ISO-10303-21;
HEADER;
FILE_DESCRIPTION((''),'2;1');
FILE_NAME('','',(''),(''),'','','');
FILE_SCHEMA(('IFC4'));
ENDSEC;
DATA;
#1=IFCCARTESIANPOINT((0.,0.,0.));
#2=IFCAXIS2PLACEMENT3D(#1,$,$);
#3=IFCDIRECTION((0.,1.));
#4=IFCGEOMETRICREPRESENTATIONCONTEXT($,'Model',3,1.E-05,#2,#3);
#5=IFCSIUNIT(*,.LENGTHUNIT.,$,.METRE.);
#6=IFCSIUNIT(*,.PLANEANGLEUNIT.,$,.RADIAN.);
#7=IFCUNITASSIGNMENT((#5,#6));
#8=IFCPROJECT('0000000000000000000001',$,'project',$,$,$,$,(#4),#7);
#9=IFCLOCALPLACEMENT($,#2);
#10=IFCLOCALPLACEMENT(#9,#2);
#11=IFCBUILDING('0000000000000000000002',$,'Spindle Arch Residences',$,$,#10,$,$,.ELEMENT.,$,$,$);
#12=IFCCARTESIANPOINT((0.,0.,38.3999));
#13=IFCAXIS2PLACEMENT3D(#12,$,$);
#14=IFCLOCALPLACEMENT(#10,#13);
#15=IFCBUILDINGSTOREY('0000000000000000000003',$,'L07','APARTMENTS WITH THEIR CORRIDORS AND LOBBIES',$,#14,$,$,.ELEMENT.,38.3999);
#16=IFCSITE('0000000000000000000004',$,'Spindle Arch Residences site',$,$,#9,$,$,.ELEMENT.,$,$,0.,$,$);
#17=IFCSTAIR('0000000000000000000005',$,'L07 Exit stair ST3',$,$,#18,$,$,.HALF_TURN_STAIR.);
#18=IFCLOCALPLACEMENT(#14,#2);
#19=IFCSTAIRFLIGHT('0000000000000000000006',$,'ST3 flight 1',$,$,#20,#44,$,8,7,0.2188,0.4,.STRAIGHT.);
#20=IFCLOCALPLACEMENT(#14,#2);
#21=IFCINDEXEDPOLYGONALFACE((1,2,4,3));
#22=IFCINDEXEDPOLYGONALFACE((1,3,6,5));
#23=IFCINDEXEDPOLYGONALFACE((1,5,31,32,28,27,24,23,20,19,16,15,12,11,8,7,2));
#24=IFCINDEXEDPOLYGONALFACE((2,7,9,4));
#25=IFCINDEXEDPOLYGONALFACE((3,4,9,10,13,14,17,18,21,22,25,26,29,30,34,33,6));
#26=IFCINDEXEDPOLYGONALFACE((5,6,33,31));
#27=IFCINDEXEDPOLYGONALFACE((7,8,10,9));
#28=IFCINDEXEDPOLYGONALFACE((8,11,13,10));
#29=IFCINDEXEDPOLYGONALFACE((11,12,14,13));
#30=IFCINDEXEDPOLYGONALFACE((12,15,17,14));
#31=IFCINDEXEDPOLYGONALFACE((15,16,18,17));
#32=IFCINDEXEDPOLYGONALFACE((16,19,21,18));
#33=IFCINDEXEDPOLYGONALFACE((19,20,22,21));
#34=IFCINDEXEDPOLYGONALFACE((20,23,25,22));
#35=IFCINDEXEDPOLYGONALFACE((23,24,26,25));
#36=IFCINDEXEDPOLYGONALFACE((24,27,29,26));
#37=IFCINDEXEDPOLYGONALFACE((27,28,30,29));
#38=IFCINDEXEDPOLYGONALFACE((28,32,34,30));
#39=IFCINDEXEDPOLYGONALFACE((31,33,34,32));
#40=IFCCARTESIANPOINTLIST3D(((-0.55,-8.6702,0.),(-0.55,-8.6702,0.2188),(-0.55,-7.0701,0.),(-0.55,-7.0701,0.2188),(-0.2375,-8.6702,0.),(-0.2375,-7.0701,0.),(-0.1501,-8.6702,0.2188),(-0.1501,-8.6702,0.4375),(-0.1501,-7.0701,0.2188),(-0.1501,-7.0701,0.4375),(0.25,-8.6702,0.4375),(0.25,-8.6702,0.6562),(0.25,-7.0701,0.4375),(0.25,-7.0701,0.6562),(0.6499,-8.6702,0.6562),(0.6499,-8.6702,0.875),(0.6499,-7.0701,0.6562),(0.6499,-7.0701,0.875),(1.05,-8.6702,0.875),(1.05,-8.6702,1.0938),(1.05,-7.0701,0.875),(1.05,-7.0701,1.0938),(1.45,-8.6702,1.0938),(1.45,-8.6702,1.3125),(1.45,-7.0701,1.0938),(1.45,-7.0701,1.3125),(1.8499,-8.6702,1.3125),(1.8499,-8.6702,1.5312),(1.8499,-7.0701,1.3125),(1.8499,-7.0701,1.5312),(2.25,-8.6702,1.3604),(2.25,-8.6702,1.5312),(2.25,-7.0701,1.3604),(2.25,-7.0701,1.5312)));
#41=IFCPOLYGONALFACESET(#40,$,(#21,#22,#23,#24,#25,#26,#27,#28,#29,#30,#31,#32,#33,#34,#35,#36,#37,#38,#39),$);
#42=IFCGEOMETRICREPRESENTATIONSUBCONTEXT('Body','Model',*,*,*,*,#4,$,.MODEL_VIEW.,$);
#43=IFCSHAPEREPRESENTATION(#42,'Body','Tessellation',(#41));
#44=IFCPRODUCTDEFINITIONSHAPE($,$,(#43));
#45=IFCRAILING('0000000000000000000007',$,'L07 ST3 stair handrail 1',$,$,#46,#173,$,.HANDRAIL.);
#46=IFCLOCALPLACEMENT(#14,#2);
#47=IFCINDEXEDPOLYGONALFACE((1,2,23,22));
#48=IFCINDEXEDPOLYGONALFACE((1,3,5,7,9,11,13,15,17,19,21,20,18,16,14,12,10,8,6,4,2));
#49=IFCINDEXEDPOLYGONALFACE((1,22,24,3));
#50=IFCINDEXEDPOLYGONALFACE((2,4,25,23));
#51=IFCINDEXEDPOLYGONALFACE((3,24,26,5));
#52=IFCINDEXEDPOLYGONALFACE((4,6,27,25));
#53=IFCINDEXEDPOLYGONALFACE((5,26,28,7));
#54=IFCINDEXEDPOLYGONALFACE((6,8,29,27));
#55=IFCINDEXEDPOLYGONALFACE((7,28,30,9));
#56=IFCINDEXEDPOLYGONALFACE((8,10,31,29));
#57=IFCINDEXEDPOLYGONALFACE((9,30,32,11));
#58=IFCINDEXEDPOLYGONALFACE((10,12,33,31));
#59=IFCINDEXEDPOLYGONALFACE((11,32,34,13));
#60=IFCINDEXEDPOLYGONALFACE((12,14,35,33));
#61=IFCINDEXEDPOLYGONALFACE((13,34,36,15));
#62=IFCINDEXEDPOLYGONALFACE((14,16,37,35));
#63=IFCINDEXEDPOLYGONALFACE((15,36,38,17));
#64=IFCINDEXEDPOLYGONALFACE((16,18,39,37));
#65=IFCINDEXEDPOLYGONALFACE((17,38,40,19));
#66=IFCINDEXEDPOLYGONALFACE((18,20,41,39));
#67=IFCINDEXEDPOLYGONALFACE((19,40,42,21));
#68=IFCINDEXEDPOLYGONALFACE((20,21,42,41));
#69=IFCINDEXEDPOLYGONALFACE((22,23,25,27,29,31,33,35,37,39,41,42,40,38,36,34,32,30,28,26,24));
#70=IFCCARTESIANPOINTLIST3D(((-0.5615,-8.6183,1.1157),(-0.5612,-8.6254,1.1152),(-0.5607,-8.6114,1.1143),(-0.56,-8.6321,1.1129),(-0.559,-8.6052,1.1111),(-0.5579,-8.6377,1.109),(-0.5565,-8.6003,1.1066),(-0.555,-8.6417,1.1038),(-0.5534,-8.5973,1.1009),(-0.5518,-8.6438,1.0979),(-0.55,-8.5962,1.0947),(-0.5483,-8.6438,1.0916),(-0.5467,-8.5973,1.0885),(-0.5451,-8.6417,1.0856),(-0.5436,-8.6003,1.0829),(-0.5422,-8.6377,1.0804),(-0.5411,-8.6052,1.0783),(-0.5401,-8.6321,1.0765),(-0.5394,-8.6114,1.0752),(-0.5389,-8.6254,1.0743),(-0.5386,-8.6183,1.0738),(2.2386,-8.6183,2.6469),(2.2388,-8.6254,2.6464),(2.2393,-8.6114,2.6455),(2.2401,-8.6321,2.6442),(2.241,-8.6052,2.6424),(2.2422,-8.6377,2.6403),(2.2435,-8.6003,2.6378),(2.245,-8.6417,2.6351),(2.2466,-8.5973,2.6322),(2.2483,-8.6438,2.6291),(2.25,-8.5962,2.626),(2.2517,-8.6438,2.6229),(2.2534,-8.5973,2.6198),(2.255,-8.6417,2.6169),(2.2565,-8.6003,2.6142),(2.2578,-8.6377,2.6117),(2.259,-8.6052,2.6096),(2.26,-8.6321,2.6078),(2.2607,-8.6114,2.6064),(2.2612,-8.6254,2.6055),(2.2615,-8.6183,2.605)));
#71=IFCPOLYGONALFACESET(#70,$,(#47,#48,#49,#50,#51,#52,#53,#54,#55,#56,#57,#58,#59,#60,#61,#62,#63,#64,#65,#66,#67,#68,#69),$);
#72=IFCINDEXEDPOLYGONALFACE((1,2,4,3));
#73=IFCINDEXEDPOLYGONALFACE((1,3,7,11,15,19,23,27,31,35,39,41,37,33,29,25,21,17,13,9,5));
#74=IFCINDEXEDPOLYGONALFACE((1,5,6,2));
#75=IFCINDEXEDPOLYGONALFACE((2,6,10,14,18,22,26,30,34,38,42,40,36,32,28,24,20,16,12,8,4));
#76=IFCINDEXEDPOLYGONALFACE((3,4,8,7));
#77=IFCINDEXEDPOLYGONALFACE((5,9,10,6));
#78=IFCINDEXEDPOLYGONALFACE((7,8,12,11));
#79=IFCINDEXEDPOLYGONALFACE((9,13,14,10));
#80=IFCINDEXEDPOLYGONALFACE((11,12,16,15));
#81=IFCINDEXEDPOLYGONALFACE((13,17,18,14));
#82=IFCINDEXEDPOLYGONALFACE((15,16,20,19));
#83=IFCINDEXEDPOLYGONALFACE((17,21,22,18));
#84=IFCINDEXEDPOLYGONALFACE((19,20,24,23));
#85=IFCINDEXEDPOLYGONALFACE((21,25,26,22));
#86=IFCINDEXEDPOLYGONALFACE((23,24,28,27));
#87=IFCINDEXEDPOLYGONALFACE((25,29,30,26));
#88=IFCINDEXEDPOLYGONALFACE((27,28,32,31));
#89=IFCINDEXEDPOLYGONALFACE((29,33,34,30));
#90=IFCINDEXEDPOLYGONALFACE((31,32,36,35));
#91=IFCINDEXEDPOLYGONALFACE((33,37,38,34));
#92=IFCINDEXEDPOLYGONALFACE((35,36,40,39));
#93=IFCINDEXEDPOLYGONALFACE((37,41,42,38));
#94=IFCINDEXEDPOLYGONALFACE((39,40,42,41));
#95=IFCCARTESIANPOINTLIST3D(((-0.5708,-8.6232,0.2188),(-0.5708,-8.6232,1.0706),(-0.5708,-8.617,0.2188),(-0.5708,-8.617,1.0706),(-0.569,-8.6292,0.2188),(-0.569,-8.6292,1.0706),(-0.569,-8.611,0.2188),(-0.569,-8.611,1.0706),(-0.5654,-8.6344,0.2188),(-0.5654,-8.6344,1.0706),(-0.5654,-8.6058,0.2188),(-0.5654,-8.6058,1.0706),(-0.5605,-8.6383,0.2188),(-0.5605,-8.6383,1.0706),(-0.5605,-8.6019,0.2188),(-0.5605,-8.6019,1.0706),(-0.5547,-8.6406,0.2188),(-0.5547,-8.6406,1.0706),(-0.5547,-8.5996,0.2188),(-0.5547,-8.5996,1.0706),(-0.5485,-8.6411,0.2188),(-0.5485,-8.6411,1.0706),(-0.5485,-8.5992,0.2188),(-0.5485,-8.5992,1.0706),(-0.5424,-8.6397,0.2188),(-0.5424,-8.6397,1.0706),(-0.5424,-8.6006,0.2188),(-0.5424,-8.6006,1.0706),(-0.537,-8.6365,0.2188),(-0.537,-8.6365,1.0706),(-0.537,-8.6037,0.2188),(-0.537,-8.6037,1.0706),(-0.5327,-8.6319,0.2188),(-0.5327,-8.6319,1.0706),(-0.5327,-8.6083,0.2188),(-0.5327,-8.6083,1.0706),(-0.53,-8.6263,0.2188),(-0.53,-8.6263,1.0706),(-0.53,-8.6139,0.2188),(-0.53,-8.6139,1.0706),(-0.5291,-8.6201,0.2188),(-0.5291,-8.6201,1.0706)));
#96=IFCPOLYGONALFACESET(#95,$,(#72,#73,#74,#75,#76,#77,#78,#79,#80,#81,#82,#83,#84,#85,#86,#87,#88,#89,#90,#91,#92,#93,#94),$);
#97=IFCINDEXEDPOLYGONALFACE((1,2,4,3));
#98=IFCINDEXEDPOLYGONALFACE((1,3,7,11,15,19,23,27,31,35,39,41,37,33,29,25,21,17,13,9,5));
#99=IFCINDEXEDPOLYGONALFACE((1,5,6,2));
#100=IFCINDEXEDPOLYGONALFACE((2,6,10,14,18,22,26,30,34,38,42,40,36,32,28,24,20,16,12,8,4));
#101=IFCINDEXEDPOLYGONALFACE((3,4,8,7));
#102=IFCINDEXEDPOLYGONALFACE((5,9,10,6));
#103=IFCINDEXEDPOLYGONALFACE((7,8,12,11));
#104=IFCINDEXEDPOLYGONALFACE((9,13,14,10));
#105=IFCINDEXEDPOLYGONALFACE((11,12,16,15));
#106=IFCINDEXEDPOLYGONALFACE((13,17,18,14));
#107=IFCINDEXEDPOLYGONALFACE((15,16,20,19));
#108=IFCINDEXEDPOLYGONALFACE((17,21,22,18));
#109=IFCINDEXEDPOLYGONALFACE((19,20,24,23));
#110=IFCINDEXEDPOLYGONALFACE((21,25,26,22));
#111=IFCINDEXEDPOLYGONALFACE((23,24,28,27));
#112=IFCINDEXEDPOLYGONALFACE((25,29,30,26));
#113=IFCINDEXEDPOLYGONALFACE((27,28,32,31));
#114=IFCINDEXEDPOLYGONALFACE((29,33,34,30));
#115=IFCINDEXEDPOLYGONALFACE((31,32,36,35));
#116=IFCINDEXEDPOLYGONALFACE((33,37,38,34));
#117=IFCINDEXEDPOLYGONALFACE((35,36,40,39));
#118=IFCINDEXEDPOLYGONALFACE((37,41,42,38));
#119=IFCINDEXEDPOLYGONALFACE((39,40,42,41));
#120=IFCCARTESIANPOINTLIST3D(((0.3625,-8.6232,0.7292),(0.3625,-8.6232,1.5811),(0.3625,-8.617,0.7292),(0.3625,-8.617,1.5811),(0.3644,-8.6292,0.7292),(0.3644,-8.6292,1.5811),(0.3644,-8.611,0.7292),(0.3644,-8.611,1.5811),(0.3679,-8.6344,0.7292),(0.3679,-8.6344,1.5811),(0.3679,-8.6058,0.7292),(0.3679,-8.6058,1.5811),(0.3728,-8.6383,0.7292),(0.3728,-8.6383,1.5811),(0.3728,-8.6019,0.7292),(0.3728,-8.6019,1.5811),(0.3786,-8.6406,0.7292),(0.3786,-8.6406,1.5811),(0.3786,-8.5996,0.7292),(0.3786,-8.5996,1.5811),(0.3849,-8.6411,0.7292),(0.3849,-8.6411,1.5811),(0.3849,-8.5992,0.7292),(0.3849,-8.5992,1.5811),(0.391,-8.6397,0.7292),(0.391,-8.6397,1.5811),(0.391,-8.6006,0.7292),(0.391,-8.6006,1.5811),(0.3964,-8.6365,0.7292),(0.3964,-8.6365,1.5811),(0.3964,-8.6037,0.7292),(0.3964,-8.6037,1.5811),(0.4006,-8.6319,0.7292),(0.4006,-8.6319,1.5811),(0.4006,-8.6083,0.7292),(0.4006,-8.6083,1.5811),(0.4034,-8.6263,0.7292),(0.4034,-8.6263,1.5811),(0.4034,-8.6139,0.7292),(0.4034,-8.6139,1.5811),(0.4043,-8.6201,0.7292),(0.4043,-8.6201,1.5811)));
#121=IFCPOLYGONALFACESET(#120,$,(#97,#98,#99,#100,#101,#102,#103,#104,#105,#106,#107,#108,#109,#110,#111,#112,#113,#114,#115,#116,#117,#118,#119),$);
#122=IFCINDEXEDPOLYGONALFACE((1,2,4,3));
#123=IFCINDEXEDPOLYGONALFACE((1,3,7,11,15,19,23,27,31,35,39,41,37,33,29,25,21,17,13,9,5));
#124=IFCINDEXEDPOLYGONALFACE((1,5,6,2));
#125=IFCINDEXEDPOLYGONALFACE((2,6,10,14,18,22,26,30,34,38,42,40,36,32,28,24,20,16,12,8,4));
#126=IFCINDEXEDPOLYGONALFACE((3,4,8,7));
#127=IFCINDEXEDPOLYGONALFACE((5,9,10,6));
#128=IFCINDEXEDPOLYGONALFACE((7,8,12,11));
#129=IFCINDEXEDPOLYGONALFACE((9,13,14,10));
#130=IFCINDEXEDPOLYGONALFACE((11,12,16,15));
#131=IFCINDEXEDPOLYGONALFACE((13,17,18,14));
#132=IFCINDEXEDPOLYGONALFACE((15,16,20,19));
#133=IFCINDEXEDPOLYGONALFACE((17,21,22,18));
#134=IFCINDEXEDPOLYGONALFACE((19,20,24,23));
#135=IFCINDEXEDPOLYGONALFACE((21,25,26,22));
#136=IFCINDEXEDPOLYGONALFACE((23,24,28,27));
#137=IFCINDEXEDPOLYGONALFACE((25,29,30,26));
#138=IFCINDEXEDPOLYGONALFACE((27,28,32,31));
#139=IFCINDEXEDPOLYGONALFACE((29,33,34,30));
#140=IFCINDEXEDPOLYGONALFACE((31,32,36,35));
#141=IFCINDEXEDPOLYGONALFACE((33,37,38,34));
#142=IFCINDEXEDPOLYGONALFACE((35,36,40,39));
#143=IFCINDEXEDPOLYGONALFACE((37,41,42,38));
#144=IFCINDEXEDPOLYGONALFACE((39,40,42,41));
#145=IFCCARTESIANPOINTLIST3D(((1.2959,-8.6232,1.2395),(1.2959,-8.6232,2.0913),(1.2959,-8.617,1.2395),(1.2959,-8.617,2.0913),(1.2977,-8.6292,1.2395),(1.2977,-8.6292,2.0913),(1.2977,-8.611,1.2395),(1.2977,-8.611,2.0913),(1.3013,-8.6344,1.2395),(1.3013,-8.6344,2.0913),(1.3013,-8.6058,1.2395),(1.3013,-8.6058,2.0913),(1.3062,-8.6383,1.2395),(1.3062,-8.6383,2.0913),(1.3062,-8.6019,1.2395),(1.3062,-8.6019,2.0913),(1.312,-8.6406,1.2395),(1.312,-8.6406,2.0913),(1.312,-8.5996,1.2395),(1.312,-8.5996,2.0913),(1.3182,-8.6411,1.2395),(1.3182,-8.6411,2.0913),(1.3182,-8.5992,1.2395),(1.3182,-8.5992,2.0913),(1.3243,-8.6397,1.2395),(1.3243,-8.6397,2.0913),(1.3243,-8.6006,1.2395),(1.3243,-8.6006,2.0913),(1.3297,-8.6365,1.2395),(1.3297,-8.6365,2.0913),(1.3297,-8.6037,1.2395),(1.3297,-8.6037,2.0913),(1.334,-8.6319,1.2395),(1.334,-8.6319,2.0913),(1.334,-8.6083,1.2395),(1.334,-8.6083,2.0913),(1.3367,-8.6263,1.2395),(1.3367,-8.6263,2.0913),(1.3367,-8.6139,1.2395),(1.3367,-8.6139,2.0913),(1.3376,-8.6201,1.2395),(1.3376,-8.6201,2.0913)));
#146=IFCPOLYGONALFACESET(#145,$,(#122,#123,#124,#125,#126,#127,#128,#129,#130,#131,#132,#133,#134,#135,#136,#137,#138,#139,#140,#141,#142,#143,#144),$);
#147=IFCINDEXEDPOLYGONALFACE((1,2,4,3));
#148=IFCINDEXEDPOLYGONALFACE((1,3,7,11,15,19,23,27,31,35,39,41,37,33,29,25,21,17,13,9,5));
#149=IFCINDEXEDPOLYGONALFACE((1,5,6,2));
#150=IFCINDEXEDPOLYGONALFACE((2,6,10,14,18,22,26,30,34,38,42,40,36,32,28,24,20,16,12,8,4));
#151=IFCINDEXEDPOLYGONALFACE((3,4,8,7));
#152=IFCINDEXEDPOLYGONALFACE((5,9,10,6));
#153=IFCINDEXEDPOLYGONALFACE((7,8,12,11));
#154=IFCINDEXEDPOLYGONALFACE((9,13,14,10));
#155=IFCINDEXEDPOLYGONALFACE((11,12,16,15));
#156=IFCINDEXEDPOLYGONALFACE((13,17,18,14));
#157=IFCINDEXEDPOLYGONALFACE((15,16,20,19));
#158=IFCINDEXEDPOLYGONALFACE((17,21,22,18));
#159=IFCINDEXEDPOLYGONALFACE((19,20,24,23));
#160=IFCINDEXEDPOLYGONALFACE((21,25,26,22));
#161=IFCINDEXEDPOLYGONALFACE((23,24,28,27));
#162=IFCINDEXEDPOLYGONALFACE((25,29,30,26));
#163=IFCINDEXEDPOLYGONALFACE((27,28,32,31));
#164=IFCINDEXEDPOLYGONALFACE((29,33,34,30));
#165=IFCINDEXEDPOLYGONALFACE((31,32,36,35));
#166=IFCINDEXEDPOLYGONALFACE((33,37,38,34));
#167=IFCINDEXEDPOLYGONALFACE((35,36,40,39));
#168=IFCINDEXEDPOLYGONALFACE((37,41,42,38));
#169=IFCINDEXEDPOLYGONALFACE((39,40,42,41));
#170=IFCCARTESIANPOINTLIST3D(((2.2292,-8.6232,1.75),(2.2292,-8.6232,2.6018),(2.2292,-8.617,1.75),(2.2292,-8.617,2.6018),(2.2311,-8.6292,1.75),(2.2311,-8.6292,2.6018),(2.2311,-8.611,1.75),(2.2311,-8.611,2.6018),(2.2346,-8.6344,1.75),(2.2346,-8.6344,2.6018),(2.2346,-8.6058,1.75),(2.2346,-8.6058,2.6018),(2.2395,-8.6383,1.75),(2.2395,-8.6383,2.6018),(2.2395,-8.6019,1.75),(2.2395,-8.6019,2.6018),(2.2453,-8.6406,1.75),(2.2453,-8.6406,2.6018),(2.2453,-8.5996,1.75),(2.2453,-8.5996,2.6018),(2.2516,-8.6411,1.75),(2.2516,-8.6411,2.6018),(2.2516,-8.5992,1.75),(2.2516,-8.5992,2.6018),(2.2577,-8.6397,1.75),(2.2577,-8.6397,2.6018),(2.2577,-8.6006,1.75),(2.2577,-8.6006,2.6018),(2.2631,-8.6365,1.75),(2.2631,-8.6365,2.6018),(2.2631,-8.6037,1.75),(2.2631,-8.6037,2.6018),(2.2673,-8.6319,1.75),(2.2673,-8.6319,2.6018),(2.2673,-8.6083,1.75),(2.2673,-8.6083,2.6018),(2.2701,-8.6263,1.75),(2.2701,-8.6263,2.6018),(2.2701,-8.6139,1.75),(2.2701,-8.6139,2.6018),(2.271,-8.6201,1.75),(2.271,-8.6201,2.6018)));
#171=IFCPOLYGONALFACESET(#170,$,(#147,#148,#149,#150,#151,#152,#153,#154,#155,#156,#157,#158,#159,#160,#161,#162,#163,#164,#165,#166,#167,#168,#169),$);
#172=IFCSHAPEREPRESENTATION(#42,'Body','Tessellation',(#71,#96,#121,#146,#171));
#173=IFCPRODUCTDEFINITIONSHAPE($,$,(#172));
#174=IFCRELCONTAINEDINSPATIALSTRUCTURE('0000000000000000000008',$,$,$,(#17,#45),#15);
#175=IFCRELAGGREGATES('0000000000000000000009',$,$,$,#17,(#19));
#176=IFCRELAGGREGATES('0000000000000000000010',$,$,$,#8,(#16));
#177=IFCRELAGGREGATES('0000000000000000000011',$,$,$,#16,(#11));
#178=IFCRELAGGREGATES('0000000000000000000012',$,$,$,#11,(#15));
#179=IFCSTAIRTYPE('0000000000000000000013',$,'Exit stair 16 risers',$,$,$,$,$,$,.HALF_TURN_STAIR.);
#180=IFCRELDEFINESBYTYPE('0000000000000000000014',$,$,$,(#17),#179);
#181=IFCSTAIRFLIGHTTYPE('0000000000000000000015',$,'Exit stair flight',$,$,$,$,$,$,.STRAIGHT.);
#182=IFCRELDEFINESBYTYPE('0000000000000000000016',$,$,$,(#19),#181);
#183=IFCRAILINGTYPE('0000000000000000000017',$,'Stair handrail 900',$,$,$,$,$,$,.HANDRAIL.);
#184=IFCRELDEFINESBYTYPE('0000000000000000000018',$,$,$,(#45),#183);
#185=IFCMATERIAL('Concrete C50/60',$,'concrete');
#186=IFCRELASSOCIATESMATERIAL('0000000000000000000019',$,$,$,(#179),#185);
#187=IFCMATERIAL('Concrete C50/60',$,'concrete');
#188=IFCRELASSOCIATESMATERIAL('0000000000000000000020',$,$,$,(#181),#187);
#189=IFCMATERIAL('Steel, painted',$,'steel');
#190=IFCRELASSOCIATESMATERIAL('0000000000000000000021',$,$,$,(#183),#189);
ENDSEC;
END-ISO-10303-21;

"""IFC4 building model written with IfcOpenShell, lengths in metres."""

from ifc_helpers import new_model, si_unit, direction, frame, origin, origin_2d, place, context, subcontext, project, spatial, polyline, circle, outline, extrude, material, type_object, element, aggregate, save


model = new_model("IFC4")

# Units and contexts
model_context = context("Model", 3, precision=1e-05, world=origin(), true_north=direction((0.0, 1.0)))
body_context = subcontext(model_context, "Body", "Model", "MODEL_VIEW")
ifc_project = project(units=[si_unit("LENGTHUNIT", "METRE"), si_unit("PLANEANGLEUNIT", "RADIAN")], contexts=[model_context])

# Site, building, storey
site_placement = place(None, origin())
site = spatial("IfcSite", under=ifc_project, at=site_placement, Name="Spindle Arch Residences site", CompositionType="ELEMENT", RefElevation=0.0)
building_placement = place(site_placement, origin())
building = spatial("IfcBuilding", under=site, at=building_placement, Name="Spindle Arch Residences", CompositionType="ELEMENT")
storey_placement = place(building_placement, frame((0.0, 0.0, 38.3999)))
storey = spatial("IfcBuildingStorey", under=building, at=storey_placement, Name="L07", Description="APARTMENTS WITH THEIR CORRIDORS AND LOBBIES", CompositionType="ELEMENT", Elevation=38.3999)

# Stair, stair flight
ifc_material_1 = material(Name="Concrete C50/60", Category="concrete")
stair_type = type_object("IfcStairType", Name="Exit stair 16 risers", PredefinedType="HALF_TURN_STAIR", material=ifc_material_1)
stair_placement = place(storey_placement, origin())
stair = element("IfcStair", 1, at=stair_placement, inside=storey, type_object=stair_type, Name="L07 Exit stair ST3", PredefinedType="HALF_TURN_STAIR")
ifc_material_2 = material(Name="Concrete C50/60", Category="concrete")
stair_flight_type = type_object("IfcStairFlightType", Name="Exit stair flight", PredefinedType="STRAIGHT", material=ifc_material_2)
stair_flight_placement = place(storey_placement, frame((-0.55, -7.8701, 0.0), z_axis=(0.0, 0.0, 1.0), x_axis=(1.0, 0.0, 0.0)))
stair_flight = element("IfcStairFlight", 2, at=stair_flight_placement, type_object=stair_flight_type, Name="ST3 flight 1", NumberOfRisers=8, NumberOfTreads=7, PredefinedType="STRAIGHT", RiserHeight=0.2188, TreadLength=0.4, context=body_context, shape_type="SweptSolid", body=[
    extrude(outline(polyline([(0.0, 0.0), (0.0, 0.2188), (0.3999, 0.2188), (0.3999, 0.4375), (0.8, 0.4375), (0.8, 0.6562), (1.2, 0.6562), (1.2, 0.875), (1.6001, 0.875), (1.6001, 1.0938), (2.0, 1.0938), (2.0, 1.3125), (2.3999, 1.3125), (2.3999, 1.5312), (2.8, 1.5312), (2.8, 1.75), (2.8, 1.3604), (0.3125, 0.0), (0.0, 0.0)])), frame((0.0, 0.8, 0.0), z_axis=(0.0, -1.0, 0.0), x_axis=(1.0, 0.0, 0.0)), (0.0, 0.0, 1.0), 1.6001),
])
aggregate(stair, [stair_flight])

# Railing
ifc_material_3 = material(Name="Steel, painted", Category="steel")
railing_type_1 = type_object("IfcRailingType", Name="Stair handrail 900", PredefinedType="HANDRAIL", material=ifc_material_3)
railing_1_placement = place(storey_placement, frame((-0.55, -8.6201, 0.2188)))
element("IfcRailing", 3, at=railing_1_placement, inside=storey, type_object=railing_type_1, Name="L07 ST3 stair handrail 1", PredefinedType="HANDRAIL", context=body_context, shape_type="SweptSolid", body=[
    extrude(circle(Radius=0.0239, at=origin_2d()), frame((0.0, 0.0, 0.876), z_axis=(0.877375, 0.0, 0.479806), x_axis=(0.0, 1.0, 0.0)), (0.0, 0.0, 1.0), 3.1914),
    extrude(circle(Radius=0.021, at=origin_2d()), origin(), (0.0, 0.0, 1.0), 0.8518),
    extrude(circle(Radius=0.021, at=origin_2d()), frame((0.9333, 0.0, 0.5105)), (0.0, 0.0, 1.0), 0.8518),
    extrude(circle(Radius=0.021, at=origin_2d()), frame((1.8667, 0.0, 1.0208)), (0.0, 0.0, 1.0), 0.8518),
    extrude(circle(Radius=0.021, at=origin_2d()), frame((2.8, 0.0, 1.5312)), (0.0, 0.0, 1.0), 0.8518),
])

save(model, "model.ifc")
